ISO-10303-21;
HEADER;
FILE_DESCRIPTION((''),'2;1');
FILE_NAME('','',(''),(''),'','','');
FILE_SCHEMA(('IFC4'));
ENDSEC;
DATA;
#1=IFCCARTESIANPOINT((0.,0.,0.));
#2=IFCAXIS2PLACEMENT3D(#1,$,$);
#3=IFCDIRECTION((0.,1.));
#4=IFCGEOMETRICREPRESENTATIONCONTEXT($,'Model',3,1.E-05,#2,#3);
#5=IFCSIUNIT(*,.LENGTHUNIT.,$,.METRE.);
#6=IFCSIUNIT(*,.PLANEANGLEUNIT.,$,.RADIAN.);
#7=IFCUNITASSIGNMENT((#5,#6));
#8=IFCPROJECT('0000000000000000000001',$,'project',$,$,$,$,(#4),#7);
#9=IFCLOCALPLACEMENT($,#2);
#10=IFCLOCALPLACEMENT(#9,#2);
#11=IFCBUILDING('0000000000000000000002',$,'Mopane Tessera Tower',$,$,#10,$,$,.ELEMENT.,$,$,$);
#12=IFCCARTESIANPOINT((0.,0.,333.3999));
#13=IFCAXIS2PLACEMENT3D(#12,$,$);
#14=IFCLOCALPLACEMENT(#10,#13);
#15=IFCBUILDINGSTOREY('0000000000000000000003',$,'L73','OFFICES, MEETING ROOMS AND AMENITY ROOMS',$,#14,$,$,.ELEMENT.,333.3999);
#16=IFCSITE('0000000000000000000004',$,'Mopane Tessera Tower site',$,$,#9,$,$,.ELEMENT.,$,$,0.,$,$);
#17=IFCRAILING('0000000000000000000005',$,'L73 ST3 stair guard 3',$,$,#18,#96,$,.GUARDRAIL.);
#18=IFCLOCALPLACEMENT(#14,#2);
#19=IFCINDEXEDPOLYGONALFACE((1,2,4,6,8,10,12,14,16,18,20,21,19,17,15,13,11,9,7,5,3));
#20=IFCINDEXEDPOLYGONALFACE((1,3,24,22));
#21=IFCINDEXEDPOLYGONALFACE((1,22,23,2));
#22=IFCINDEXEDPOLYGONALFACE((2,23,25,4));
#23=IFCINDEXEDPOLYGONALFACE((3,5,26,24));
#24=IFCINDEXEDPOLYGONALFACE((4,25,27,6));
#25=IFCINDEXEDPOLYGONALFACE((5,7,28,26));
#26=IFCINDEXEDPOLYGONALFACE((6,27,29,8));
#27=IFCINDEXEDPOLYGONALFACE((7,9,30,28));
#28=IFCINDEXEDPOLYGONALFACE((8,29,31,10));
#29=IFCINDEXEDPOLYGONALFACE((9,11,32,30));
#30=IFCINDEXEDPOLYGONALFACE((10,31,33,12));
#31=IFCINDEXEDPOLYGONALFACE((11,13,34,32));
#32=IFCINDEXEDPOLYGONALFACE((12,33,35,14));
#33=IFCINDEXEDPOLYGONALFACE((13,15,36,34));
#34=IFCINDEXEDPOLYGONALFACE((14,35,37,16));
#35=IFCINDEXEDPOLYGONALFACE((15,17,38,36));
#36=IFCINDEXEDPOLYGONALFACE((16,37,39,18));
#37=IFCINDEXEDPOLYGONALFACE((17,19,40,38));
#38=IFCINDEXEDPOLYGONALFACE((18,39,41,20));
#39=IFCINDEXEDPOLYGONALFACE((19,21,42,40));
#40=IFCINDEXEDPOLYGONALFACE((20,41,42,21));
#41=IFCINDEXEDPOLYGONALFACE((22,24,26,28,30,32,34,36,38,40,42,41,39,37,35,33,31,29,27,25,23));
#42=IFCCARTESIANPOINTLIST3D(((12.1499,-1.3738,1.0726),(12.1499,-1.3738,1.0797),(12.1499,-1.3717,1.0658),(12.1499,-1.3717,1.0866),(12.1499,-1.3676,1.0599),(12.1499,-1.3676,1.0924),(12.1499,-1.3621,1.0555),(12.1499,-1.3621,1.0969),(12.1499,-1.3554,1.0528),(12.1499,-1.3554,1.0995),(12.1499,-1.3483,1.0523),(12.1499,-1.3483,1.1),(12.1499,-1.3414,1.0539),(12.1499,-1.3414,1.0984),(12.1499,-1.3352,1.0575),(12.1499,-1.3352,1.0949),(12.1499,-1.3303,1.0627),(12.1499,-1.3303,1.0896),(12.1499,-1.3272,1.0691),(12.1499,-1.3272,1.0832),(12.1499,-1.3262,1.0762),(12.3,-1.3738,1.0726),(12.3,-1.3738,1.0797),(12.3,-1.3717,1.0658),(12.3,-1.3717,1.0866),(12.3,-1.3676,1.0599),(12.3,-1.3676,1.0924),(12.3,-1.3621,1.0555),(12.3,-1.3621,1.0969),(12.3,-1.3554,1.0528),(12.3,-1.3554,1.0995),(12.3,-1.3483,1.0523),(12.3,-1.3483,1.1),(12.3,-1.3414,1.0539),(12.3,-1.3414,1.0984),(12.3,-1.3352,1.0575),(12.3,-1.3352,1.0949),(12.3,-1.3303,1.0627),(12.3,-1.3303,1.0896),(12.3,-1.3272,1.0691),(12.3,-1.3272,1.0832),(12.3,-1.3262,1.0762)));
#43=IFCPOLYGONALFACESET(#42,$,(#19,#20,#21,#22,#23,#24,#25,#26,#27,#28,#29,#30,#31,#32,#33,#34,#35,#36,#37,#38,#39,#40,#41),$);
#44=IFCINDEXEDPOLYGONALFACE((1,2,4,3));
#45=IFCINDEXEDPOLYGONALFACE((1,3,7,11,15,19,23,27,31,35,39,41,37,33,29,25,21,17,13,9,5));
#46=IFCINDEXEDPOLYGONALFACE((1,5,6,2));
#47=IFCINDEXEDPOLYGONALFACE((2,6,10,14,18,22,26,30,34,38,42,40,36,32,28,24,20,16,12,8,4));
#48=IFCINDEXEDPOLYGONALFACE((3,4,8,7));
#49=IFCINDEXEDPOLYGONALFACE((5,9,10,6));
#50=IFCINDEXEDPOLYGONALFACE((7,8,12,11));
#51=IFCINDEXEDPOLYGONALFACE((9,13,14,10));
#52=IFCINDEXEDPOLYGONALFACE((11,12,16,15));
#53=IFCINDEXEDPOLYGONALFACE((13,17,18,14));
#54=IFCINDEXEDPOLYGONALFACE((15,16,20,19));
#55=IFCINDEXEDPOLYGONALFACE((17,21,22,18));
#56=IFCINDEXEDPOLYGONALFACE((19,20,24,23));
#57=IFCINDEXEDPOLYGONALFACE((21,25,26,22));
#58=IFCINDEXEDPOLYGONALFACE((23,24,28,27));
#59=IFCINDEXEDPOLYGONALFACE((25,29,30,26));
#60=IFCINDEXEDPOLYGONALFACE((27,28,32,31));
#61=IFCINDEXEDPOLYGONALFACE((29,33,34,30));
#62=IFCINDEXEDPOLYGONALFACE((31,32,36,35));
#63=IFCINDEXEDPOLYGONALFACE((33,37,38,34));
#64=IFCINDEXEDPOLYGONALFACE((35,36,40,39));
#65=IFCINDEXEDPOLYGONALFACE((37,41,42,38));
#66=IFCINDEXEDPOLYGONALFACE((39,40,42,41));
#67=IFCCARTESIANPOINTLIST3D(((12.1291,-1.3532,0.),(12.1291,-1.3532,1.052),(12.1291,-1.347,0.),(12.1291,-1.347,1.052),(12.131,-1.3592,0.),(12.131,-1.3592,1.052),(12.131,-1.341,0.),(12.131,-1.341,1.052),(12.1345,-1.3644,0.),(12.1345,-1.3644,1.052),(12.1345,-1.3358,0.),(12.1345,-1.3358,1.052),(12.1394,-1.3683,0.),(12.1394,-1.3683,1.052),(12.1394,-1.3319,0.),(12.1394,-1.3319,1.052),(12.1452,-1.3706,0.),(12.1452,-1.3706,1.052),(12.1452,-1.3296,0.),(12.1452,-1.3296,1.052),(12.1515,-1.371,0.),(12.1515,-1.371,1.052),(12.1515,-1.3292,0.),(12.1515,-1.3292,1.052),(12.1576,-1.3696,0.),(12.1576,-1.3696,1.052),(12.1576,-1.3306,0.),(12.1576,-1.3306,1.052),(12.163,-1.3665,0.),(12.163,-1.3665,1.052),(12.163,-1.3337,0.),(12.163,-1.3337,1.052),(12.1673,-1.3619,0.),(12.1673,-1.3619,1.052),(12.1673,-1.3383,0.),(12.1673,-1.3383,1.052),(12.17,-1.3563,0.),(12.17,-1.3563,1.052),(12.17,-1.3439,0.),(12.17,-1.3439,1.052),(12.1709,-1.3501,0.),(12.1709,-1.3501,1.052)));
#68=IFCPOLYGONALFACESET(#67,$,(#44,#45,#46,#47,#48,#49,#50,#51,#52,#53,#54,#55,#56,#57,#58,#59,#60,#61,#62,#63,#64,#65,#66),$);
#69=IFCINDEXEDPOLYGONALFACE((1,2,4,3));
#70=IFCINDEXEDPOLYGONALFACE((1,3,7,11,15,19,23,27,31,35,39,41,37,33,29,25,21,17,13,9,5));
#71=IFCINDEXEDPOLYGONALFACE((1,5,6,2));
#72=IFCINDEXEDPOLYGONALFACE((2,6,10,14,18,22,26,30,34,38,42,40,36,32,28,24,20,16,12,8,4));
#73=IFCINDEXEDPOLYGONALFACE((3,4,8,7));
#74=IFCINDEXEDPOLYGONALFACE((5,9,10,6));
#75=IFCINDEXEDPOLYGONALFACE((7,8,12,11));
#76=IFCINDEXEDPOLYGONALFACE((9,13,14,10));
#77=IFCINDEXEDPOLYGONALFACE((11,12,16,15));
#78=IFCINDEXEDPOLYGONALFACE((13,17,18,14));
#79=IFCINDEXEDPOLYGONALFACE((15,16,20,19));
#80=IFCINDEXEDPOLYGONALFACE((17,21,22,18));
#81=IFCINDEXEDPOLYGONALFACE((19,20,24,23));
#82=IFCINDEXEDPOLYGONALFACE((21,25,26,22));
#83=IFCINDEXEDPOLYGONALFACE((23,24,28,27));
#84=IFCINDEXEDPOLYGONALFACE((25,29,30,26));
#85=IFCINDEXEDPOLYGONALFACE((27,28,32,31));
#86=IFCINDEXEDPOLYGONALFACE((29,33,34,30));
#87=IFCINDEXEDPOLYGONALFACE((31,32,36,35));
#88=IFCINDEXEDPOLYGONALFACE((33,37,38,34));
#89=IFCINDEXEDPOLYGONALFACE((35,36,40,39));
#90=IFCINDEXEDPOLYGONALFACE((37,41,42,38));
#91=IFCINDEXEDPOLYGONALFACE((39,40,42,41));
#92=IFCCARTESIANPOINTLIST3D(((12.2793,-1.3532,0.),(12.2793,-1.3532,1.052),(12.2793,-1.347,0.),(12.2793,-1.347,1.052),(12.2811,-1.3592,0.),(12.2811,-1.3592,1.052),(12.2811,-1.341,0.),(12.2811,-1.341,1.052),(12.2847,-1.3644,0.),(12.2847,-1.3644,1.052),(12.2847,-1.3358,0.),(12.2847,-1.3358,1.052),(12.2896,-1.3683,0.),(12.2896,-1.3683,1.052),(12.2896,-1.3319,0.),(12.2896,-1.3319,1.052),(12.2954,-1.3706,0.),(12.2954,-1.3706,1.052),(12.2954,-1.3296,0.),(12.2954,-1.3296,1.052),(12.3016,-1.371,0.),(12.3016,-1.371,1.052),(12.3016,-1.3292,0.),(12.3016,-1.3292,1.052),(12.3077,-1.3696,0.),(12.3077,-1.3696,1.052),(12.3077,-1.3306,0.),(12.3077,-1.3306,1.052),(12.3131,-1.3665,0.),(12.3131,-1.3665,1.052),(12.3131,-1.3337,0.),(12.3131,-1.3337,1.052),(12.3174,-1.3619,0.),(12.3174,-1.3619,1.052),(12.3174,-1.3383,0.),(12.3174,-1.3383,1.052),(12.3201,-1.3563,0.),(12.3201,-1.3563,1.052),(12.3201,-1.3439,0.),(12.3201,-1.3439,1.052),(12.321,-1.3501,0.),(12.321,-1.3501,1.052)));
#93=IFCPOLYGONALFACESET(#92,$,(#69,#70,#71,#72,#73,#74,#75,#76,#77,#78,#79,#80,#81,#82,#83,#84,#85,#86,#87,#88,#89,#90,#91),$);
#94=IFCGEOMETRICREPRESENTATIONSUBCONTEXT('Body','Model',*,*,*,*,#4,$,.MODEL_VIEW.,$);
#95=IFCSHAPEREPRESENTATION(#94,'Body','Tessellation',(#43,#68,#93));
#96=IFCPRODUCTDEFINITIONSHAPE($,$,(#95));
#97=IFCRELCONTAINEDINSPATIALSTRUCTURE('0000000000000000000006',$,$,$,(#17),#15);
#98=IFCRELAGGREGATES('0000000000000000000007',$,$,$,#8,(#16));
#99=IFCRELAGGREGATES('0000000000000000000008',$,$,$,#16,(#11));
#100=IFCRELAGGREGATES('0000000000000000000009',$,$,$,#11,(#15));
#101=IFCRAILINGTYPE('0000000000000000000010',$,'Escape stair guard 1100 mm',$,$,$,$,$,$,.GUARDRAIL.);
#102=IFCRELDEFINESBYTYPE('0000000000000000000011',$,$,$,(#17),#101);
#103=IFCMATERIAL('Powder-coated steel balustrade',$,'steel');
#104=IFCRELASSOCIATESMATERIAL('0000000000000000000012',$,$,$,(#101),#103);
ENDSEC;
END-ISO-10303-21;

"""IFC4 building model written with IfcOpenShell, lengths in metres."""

from ifc_helpers import new_model, si_unit, direction, frame, origin, origin_2d, place, context, subcontext, project, spatial, circle, extrude, material, type_object, element, save


model = new_model("IFC4")

# Units and contexts
model_context = context("Model", 3, precision=1e-05, world=origin(), true_north=direction((0.0, 1.0)))
body_context = subcontext(model_context, "Body", "Model", "MODEL_VIEW")
ifc_project = project(units=[si_unit("LENGTHUNIT", "METRE"), si_unit("PLANEANGLEUNIT", "RADIAN")], contexts=[model_context])

# Site, building, storey
site_placement = place(None, origin())
site = spatial("IfcSite", under=ifc_project, at=site_placement, Name="Mopane Tessera Tower site", CompositionType="ELEMENT", RefElevation=0.0)
building_placement = place(site_placement, origin())
building = spatial("IfcBuilding", under=site, at=building_placement, Name="Mopane Tessera Tower", CompositionType="ELEMENT")
storey_placement = place(building_placement, frame((0.0, 0.0, 333.3999)))
storey = spatial("IfcBuildingStorey", under=building, at=storey_placement, Name="L73", Description="OFFICES, MEETING ROOMS AND AMENITY ROOMS", CompositionType="ELEMENT", Elevation=333.3999)

# Railing
ifc_material_1 = material(Name="Powder-coated steel balustrade", Category="steel")
railing_type_1 = type_object("IfcRailingType", Name="Escape stair guard 1100 mm", PredefinedType="GUARDRAIL", material=ifc_material_1)
railing_1_placement = place(storey_placement, frame((12.1499, -1.3501, 0.0)))
element("IfcRailing", 1, at=railing_1_placement, inside=storey, type_object=railing_type_1, Name="L73 ST3 stair guard 3", PredefinedType="GUARDRAIL", context=body_context, shape_type="SweptSolid", body=[
    extrude(circle(Radius=0.0239, at=origin_2d()), frame((0.0, 0.0, 1.0762), z_axis=(1.0, 0.0, 0.0), x_axis=(0.0, 1.0, 0.0)), (0.0, 0.0, 1.0), 0.1501),
    extrude(circle(Radius=0.021, at=origin_2d()), origin(), (0.0, 0.0, 1.0), 1.052),
    extrude(circle(Radius=0.021, at=origin_2d()), frame((0.1501, 0.0, 0.0)), (0.0, 0.0, 1.0), 1.052),
])

save(model, "model.ifc")
